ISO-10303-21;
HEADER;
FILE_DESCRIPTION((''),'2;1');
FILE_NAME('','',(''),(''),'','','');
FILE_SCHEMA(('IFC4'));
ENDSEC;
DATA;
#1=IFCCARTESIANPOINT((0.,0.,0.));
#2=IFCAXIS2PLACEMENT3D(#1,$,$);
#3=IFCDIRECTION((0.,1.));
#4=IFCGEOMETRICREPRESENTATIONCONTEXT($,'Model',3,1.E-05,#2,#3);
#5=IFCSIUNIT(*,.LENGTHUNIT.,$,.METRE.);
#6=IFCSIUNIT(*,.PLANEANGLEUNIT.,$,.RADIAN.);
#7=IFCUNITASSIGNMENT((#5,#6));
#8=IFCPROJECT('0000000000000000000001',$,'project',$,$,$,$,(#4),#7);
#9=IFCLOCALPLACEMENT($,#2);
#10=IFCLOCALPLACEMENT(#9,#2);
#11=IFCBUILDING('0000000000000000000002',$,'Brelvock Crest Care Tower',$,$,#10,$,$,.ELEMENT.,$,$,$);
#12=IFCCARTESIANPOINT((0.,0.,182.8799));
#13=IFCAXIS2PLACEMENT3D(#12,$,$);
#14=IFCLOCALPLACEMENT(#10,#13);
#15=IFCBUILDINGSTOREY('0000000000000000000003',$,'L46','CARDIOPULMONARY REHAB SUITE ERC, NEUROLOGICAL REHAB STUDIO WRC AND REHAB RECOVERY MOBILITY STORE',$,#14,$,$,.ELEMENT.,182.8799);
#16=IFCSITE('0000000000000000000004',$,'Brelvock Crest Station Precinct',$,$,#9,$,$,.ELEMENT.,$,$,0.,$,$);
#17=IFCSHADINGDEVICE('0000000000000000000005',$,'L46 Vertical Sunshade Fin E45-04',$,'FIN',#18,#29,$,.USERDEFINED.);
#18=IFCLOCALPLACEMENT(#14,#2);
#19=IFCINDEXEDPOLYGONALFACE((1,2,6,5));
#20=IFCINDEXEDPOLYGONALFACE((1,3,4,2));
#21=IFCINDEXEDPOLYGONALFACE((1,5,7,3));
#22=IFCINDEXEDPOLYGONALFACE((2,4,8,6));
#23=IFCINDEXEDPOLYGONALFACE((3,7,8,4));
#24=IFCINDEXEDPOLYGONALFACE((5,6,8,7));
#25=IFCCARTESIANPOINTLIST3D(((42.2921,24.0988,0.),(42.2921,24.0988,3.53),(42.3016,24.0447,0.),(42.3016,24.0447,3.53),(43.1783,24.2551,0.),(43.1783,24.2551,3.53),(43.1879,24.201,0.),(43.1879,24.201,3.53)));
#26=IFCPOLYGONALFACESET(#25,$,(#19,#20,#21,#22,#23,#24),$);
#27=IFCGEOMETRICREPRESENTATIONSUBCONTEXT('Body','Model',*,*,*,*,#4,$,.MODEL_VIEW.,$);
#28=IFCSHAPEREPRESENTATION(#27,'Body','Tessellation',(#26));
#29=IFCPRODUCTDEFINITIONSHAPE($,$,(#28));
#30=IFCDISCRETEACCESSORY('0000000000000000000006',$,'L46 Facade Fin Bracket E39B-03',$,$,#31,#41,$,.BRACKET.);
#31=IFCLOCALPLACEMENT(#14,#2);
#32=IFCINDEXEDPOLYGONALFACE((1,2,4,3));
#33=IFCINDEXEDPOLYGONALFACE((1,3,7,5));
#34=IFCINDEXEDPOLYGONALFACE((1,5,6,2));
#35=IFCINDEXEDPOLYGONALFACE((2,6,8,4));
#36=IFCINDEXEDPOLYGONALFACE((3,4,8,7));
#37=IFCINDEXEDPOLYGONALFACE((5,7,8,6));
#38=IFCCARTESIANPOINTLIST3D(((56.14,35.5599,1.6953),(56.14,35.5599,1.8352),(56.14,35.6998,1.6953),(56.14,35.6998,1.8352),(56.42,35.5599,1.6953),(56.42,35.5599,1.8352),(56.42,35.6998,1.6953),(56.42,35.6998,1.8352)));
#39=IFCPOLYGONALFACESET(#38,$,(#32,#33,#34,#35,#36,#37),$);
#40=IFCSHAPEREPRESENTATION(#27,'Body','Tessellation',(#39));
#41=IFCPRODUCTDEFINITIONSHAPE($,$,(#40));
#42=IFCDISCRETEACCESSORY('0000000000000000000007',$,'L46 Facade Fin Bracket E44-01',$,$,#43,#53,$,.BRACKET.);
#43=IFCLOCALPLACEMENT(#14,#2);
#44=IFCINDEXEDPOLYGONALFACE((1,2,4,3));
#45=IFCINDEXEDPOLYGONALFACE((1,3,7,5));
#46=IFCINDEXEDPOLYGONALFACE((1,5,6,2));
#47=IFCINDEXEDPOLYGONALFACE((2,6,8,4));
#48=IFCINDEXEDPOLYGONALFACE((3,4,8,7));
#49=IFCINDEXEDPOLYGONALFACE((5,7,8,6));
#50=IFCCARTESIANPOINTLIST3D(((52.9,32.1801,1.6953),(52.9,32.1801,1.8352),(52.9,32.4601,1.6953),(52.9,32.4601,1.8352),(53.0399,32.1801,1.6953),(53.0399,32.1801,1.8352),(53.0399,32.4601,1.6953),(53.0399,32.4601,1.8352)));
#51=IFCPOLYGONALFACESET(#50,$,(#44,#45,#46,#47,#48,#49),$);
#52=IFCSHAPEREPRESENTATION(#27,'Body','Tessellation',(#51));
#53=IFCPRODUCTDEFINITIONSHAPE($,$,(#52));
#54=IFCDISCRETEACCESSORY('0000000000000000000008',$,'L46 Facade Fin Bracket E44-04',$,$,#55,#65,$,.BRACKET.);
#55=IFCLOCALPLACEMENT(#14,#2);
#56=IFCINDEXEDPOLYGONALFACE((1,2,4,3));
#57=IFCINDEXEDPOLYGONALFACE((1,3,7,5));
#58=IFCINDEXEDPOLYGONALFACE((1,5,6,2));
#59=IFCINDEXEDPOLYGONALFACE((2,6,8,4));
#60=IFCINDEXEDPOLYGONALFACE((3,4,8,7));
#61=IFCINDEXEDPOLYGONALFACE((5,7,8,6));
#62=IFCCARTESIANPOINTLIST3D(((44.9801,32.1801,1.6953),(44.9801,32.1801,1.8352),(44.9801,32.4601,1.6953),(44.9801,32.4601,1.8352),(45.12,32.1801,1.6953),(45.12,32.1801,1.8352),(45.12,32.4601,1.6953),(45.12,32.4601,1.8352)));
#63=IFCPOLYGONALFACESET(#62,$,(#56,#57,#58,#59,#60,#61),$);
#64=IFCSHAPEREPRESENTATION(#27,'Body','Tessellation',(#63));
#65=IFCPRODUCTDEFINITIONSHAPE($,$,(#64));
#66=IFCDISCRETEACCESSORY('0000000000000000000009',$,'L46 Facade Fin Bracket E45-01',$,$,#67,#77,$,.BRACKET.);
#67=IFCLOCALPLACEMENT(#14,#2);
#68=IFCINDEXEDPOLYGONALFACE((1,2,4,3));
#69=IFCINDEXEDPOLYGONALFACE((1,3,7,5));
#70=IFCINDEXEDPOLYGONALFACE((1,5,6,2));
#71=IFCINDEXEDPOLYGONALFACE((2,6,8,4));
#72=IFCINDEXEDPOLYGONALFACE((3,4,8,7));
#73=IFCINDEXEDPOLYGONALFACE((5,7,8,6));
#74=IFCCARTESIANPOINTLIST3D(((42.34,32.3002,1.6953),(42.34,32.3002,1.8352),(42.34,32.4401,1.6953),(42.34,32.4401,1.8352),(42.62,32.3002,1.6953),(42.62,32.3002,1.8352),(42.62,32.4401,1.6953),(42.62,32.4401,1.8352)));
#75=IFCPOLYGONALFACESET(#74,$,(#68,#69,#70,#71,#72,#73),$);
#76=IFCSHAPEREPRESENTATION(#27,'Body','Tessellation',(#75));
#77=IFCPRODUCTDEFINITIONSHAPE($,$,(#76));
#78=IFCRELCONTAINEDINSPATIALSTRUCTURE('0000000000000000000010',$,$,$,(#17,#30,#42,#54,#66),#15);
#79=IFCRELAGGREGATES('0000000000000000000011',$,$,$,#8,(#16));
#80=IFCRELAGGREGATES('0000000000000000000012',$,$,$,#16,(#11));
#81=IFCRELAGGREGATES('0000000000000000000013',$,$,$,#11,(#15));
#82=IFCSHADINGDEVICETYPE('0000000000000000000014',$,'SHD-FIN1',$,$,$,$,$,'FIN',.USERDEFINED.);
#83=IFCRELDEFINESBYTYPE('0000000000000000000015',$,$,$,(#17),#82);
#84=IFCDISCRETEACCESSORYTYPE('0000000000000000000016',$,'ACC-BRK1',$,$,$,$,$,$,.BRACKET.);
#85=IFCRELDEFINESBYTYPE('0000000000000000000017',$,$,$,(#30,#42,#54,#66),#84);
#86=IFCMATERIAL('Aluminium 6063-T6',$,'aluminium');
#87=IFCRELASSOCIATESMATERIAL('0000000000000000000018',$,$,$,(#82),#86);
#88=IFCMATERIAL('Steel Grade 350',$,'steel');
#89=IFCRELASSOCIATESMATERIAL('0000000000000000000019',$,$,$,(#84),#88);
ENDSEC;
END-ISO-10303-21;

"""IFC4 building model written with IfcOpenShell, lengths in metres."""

from ifc_helpers import new_model, si_unit, direction, frame, origin, origin_2d, place, context, subcontext, project, spatial, rectangle, extrude, source, transform, mapped, material, material_profile, profile_set, type_object, element, save


model = new_model("IFC4")

# Units and contexts
model_context = context("Model", 3, precision=1e-05, world=origin(), true_north=direction((0.0, 1.0)))
body_context = subcontext(model_context, "Body", "Model", "MODEL_VIEW")
ifc_project = project(units=[si_unit("LENGTHUNIT", "METRE"), si_unit("PLANEANGLEUNIT", "RADIAN")], contexts=[model_context])

# Site, building, storey
site_placement = place(None, origin())
site = spatial("IfcSite", under=ifc_project, at=site_placement, Name="Brelvock Crest Station Precinct", CompositionType="ELEMENT", RefElevation=0.0)
building_placement = place(site_placement, origin())
building = spatial("IfcBuilding", under=site, at=building_placement, Name="Brelvock Crest Care Tower", CompositionType="ELEMENT")
storey_placement = place(building_placement, frame((0.0, 0.0, 182.8799)))
storey = spatial("IfcBuildingStorey", under=building, at=storey_placement, Name="L46", Description="CARDIOPULMONARY REHAB SUITE ERC, NEUROLOGICAL REHAB STUDIO WRC AND REHAB RECOVERY MOBILITY STORE", CompositionType="ELEMENT", Elevation=182.8799)

# Shared definitions
ifc_material_1 = material(Name="Steel Grade 350", Category="steel")

# Shared definitions
ifc_material_2 = material(Name="Aluminium 6063-T6", Category="aluminium")

# Shading device
ifc_material_profile_1 = material_profile(ifc_material_2, rectangle(XDim=0.0549, YDim=0.8999, at=origin_2d()), Name="FIN55x900")
ifc_profile_set_1 = profile_set([ifc_material_profile_1], Name="Aluminium 6063-T6")
shading_device_type = type_object("IfcShadingDeviceType", Name="SHD-FIN1", ElementType="FIN", PredefinedType="USERDEFINED", material=ifc_profile_set_1)
shared_shape_1 = source(origin(), body_context, "Body", "SweptSolid", [
    extrude(rectangle(XDim=0.0549, YDim=0.8999, at=origin_2d()), origin(), (0.0, 0.0, 1.0), 3.53),
])
for number, where, z_axis, x_axis, name in (
    (1, (42.74, 24.1499, 0.0), (0.0, 0.0, 1.0), (0.173648, -0.984808, 0.0), "L46 Vertical Sunshade Fin E45-04"),
):
    element("IfcShadingDevice", number, at=place(storey_placement, frame(where, z_axis=z_axis, x_axis=x_axis)), inside=storey, type_object=shading_device_type, Name=name, ObjectType="FIN", PredefinedType="USERDEFINED", context=body_context, shape_type="MappedRepresentation", body=[
        mapped(shared_shape_1, transform((0.0, 0.0, 0.0), x_axis=(1.0, 0.0, 0.0), y_axis=(0.0, 1.0, 0.0), z_axis=(0.0, 0.0, 1.0), scale=1.0)),
    ])

# Discrete accessories
discrete_accessory_type = type_object("IfcDiscreteAccessoryType", Name="ACC-BRK1", PredefinedType="BRACKET", material=ifc_material_1)
shared_shape_2 = source(origin(), body_context, "Body", "SweptSolid", [
    extrude(rectangle(XDim=0.28, YDim=0.1399, at=origin_2d()), origin(), (0.0, 0.0, 1.0), 0.1399),
])
for number, where, z_axis, x_axis, name in (
    (2, (56.28, 35.6299, 1.6953), (0.0, 0.0, 1.0), (1.0, 0.0, 0.0), "L46 Facade Fin Bracket E39B-03"),
    (3, (52.97, 32.3201, 1.6953), (0.0, 0.0, 1.0), (0.0, -1.0, 0.0), "L46 Facade Fin Bracket E44-01"),
    (4, (45.05, 32.3201, 1.6953), (0.0, 0.0, 1.0), (0.0, -1.0, 0.0), "L46 Facade Fin Bracket E44-04"),
    (5, (42.48, 32.3701, 1.6953), (0.0, 0.0, 1.0), (1.0, 0.0, 0.0), "L46 Facade Fin Bracket E45-01"),
):
    element("IfcDiscreteAccessory", number, at=place(storey_placement, frame(where, z_axis=z_axis, x_axis=x_axis)), inside=storey, type_object=discrete_accessory_type, Name=name, PredefinedType="BRACKET", context=body_context, shape_type="MappedRepresentation", body=[
        mapped(shared_shape_2, transform((0.0, 0.0, 0.0), x_axis=(1.0, 0.0, 0.0), y_axis=(0.0, 1.0, 0.0), z_axis=(0.0, 0.0, 1.0), scale=1.0)),
    ])

save(model, "model.ifc")
